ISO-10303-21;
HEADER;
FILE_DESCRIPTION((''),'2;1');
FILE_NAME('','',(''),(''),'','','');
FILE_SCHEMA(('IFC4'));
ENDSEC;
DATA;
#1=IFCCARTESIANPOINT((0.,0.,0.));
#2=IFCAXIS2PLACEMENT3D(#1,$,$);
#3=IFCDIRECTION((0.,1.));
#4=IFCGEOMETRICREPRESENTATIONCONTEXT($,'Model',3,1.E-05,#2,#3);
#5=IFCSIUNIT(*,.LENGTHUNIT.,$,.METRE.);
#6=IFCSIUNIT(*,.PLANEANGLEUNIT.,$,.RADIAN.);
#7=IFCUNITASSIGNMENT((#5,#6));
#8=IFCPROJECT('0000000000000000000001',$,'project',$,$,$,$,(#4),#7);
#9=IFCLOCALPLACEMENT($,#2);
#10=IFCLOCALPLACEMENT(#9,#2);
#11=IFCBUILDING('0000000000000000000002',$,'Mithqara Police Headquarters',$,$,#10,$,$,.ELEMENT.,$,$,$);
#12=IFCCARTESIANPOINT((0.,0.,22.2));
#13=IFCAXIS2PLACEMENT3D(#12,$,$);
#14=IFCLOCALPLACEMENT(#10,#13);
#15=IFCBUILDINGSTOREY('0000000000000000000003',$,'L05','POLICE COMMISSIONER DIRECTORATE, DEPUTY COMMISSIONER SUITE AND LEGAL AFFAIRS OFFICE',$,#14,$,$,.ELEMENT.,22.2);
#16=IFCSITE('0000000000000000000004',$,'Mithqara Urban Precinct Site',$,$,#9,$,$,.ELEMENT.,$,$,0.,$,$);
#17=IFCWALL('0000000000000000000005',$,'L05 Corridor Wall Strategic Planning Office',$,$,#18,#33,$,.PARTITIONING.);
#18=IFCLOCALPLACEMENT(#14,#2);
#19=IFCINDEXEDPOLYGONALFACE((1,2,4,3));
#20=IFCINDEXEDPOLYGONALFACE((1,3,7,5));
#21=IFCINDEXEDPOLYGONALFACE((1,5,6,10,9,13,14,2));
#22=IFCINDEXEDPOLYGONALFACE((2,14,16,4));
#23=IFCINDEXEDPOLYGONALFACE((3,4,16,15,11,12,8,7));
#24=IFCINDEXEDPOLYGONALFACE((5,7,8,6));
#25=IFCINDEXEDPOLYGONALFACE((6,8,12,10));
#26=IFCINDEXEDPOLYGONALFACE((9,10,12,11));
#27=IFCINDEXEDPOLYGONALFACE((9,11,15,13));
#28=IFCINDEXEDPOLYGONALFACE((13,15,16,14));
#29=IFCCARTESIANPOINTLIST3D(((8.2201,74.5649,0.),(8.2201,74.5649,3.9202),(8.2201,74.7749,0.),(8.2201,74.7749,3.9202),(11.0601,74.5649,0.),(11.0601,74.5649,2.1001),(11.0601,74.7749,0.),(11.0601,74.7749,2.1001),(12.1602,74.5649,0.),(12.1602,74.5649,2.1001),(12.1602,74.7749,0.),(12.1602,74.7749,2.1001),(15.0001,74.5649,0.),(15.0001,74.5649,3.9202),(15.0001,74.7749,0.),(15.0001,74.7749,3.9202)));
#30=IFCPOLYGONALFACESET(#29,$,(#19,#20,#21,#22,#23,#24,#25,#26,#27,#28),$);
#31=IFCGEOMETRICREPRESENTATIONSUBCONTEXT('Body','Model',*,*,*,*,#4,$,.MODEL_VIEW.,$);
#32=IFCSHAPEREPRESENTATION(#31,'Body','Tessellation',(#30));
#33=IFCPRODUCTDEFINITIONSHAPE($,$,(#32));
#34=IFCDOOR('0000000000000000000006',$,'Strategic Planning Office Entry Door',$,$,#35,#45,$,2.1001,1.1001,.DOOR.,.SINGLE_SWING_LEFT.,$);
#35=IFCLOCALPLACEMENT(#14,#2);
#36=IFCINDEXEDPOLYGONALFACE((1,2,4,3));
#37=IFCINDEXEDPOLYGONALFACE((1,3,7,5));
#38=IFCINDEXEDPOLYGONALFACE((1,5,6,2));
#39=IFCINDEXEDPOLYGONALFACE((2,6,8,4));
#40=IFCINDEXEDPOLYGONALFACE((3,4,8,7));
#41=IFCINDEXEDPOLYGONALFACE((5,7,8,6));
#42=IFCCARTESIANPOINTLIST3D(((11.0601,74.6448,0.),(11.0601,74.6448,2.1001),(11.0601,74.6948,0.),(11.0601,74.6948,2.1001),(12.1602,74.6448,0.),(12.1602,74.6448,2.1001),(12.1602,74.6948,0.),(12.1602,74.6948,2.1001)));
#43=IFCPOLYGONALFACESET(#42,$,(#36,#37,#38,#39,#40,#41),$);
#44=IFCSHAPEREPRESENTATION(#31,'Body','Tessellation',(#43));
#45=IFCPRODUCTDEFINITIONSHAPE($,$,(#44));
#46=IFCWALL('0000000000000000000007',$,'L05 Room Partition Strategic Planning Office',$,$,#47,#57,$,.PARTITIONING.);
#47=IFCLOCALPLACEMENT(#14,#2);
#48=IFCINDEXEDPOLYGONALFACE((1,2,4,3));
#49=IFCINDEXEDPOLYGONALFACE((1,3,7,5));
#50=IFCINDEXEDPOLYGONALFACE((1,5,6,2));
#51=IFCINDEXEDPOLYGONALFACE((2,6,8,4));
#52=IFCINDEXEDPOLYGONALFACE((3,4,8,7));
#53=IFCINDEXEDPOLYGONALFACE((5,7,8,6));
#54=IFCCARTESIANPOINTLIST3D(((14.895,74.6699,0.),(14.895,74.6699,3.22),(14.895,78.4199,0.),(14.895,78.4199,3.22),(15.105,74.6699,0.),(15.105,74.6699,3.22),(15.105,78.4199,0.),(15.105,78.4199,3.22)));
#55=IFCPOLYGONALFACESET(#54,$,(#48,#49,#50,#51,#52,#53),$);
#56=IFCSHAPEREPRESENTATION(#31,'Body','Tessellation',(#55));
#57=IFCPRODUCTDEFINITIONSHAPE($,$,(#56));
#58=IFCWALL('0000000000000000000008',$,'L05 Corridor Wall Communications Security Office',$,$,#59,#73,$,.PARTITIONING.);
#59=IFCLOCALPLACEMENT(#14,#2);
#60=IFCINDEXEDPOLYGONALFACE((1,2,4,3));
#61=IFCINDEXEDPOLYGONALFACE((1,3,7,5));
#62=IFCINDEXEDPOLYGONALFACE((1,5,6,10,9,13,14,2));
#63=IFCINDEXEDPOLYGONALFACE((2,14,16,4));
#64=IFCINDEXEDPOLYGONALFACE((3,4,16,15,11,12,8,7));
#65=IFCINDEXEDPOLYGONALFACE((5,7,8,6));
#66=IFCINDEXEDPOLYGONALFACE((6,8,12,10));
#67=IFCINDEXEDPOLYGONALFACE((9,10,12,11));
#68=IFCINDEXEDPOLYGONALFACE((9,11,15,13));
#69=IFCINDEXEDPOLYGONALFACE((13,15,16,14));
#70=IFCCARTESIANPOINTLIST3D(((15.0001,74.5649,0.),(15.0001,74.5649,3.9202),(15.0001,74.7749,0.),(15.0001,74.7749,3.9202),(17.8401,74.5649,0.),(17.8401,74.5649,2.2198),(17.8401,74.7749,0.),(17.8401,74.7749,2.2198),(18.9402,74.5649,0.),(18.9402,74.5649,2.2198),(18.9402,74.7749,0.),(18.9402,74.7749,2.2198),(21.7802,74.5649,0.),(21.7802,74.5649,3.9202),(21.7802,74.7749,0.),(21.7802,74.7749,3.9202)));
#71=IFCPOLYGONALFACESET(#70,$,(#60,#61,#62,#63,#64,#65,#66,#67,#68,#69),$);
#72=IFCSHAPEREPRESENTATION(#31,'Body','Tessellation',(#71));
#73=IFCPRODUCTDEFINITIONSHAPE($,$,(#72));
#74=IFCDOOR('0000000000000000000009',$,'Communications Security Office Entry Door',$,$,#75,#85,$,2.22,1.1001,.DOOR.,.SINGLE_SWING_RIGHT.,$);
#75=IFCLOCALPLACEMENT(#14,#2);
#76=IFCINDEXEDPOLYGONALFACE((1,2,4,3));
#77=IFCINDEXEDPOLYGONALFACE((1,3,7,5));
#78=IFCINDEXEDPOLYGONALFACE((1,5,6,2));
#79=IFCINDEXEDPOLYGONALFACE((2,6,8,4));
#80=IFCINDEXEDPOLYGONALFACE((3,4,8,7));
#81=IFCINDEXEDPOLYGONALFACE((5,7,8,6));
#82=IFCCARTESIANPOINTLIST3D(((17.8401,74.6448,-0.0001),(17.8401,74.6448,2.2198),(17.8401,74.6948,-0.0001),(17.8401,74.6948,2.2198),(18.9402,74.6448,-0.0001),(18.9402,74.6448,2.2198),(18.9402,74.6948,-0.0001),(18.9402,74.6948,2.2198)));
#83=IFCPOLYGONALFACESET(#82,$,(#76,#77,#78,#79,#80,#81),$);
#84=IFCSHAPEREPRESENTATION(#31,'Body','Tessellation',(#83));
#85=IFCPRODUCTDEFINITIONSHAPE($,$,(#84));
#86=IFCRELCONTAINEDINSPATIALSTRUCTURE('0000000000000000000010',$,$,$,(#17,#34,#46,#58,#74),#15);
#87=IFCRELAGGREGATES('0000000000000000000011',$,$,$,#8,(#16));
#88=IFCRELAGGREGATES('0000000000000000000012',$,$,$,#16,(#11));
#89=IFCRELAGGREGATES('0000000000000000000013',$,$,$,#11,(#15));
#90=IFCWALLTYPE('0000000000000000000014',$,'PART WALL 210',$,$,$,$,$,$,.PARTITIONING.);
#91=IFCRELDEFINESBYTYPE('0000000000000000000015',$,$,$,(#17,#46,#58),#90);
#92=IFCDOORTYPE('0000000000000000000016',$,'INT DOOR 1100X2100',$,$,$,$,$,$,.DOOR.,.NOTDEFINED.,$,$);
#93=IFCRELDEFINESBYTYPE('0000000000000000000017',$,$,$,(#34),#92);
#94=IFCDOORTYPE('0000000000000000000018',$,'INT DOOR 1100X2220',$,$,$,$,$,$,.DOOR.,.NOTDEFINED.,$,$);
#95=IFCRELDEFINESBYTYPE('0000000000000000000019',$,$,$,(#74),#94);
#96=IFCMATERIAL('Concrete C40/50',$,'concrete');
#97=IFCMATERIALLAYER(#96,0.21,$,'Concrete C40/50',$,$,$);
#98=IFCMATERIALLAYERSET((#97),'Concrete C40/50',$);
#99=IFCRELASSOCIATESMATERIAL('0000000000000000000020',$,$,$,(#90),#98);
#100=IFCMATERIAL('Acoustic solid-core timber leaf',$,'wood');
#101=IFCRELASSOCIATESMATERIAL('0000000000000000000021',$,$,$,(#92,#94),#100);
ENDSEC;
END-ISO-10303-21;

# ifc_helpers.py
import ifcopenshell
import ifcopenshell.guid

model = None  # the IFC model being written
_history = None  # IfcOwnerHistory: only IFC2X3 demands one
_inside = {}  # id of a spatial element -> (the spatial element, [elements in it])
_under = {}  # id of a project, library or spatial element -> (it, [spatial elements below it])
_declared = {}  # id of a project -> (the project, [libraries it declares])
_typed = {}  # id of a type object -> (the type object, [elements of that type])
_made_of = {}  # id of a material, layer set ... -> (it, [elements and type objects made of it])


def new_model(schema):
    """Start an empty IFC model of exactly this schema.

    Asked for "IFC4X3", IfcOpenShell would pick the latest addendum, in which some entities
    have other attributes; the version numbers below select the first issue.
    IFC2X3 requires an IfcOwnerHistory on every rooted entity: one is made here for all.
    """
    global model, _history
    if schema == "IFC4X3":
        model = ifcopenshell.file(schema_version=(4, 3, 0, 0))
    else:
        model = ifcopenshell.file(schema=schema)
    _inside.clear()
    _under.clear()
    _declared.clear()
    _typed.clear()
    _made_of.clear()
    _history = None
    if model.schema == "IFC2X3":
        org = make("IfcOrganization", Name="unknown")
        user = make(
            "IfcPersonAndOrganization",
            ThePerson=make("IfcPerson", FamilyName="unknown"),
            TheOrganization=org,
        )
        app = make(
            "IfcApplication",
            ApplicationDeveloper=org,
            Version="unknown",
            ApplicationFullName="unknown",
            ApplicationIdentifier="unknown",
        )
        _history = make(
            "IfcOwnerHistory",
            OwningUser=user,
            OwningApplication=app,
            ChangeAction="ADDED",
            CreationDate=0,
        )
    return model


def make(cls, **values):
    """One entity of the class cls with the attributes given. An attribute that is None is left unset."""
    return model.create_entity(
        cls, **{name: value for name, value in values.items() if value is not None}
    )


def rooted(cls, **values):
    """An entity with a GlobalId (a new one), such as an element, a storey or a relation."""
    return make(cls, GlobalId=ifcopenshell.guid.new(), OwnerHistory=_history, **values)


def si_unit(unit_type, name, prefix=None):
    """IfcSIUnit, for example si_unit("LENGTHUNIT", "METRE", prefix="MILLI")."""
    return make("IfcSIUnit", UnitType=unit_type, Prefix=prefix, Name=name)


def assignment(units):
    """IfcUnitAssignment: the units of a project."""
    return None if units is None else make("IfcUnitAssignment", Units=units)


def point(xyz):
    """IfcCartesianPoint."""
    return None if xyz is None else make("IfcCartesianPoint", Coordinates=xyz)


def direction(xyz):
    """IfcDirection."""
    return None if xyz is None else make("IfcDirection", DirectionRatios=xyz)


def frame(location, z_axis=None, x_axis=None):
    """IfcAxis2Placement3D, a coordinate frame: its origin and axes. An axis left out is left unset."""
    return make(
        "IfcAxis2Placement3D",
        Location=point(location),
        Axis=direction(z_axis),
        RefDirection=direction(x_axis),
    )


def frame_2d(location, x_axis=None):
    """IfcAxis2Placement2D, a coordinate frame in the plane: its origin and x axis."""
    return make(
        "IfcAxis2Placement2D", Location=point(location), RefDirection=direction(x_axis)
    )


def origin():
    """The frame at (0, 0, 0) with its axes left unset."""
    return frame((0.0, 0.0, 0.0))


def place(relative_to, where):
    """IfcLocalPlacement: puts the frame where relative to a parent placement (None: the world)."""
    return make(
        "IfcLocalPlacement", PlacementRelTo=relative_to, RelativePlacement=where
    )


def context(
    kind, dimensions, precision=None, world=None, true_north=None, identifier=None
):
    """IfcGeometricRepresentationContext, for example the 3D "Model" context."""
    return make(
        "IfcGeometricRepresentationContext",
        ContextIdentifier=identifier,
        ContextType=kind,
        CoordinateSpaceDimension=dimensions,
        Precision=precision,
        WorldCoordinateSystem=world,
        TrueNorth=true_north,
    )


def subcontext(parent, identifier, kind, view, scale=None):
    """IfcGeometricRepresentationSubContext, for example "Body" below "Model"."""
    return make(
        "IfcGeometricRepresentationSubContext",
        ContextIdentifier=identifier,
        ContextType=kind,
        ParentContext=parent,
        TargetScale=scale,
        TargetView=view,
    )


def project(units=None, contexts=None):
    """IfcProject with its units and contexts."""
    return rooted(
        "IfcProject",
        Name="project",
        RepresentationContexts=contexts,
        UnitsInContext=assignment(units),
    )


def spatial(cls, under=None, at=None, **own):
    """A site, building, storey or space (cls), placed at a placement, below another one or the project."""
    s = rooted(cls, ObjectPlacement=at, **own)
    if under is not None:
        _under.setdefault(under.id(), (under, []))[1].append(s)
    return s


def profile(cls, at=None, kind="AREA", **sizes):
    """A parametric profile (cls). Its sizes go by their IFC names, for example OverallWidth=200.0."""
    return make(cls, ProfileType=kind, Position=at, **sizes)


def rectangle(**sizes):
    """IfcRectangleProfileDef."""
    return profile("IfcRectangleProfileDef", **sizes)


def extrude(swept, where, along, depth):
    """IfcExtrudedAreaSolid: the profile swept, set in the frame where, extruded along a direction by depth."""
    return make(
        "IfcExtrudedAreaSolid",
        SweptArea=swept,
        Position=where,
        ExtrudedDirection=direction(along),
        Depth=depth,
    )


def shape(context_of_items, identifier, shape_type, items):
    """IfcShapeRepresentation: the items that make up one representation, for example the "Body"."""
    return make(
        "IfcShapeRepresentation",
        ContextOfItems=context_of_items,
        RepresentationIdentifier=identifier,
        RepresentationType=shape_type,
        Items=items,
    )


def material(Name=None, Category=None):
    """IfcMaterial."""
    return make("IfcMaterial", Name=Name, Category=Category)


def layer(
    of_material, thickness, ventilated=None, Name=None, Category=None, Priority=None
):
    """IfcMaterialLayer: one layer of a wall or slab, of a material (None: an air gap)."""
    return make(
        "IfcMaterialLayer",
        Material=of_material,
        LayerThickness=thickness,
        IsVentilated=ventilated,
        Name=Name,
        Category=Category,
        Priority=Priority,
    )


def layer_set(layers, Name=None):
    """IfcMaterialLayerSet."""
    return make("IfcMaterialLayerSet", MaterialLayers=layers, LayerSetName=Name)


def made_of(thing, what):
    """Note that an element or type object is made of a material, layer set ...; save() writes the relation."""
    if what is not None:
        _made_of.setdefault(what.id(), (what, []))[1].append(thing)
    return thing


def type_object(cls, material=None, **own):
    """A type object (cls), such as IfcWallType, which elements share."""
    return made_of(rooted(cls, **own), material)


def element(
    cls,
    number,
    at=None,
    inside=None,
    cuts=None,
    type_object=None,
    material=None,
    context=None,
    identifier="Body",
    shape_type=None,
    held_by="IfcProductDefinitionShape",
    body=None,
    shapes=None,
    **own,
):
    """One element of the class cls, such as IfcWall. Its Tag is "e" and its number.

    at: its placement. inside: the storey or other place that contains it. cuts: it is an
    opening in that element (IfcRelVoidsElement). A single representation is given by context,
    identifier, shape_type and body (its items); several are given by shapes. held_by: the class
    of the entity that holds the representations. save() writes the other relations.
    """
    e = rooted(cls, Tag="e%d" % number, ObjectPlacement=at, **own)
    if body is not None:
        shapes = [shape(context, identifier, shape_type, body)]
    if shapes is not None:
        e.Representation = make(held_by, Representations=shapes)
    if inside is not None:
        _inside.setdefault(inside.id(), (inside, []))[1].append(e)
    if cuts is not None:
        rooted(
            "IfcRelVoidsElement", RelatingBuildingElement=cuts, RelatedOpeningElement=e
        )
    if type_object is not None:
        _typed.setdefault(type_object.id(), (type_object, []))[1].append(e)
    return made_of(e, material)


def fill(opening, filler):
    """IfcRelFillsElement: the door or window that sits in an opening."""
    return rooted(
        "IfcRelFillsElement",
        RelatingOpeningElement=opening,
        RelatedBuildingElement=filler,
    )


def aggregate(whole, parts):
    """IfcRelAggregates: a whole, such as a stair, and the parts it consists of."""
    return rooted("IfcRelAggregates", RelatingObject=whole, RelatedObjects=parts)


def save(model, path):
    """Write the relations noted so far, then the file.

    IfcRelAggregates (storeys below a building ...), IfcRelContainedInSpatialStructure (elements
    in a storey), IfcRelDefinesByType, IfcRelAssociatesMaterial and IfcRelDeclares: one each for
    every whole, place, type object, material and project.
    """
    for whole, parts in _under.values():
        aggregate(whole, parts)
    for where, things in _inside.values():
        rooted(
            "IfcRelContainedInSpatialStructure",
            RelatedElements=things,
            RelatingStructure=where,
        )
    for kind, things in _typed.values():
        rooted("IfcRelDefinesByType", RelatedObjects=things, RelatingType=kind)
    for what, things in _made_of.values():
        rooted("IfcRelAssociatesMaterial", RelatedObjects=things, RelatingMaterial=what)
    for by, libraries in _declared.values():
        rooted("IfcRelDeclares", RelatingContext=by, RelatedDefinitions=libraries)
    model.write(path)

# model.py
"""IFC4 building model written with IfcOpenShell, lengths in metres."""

from ifc_helpers import new_model, si_unit, direction, frame, frame_2d, origin, place, context, subcontext, project, spatial, rectangle, extrude, material, layer, layer_set, type_object, element, fill, save


model = new_model("IFC4")

# Units and contexts
model_context = context("Model", 3, precision=1e-05, world=origin(), true_north=direction((0.0, 1.0)))
body_context = subcontext(model_context, "Body", "Model", "MODEL_VIEW")
ifc_project = project(units=[si_unit("LENGTHUNIT", "METRE"), si_unit("PLANEANGLEUNIT", "RADIAN")], contexts=[model_context])

# Site, building, storey
site_placement = place(None, origin())
site = spatial("IfcSite", under=ifc_project, at=site_placement, Name="Mithqara Urban Precinct Site", CompositionType="ELEMENT", RefElevation=0.0)
building_placement = place(site_placement, origin())
building = spatial("IfcBuilding", under=site, at=building_placement, Name="Mithqara Police Headquarters", CompositionType="ELEMENT")
storey_placement = place(building_placement, frame((0.0, 0.0, 22.2)))
storey = spatial("IfcBuildingStorey", under=building, at=storey_placement, Name="L05", Description="POLICE COMMISSIONER DIRECTORATE, DEPUTY COMMISSIONER SUITE AND LEGAL AFFAIRS OFFICE", CompositionType="ELEMENT", Elevation=22.2)

# Shared definitions
ifc_material_1 = material(Name="Concrete C40/50", Category="concrete")

# Wall, opening, door
ifc_layer_1 = layer(ifc_material_1, 0.21, Name="Concrete C40/50")
ifc_layer_set_1 = layer_set([ifc_layer_1], Name="Concrete C40/50")
wall_type_1 = type_object("IfcWallType", Name="PART WALL 210", PredefinedType="PARTITIONING", material=ifc_layer_set_1)
wall_1_placement = place(storey_placement, frame((8.22, 74.6699, 0.0), z_axis=(0.0, 0.0, 1.0), x_axis=(1.0, 0.0, 0.0)))
wall_1 = element("IfcWall", 1, at=wall_1_placement, inside=storey, type_object=wall_type_1, Name="L05 Corridor Wall Strategic Planning Office", PredefinedType="PARTITIONING", context=body_context, shape_type="SweptSolid", body=[
    extrude(rectangle(XDim=6.78, YDim=0.21, at=frame_2d((3.3901, 0.0))), origin(), (0.0, 0.0, 1.0), 3.9202),
])
opening_1_placement = place(wall_1_placement, frame((2.8401, 0.0, 0.0)))
opening_1 = element("IfcOpeningElement", 2, at=opening_1_placement, cuts=wall_1, PredefinedType="OPENING", context=body_context, shape_type="SweptSolid", body=[
    extrude(rectangle(XDim=1.1001, YDim=2.1001, at=frame_2d((0.55, 1.05))), frame((0.0, 0.115, 0.0), z_axis=(0.0, -1.0, 0.0), x_axis=(1.0, 0.0, 0.0)), (0.0, 0.0, 1.0), 0.23),
])
ifc_material_2 = material(Name="Acoustic solid-core timber leaf", Category="wood")
door_type_1 = type_object("IfcDoorType", Name="INT DOOR 1100X2100", OperationType="NOTDEFINED", PredefinedType="DOOR", material=ifc_material_2)
door_1_placement = place(opening_1_placement, origin())
door_1 = element("IfcDoor", 3, at=door_1_placement, inside=storey, type_object=door_type_1, Name="Strategic Planning Office Entry Door", OperationType="SINGLE_SWING_LEFT", OverallHeight=2.1001, OverallWidth=1.1001, PredefinedType="DOOR", context=body_context, shape_type="SweptSolid", body=[
    extrude(rectangle(XDim=1.1001, YDim=2.1001, at=frame_2d((0.55, 1.05))), frame((0.0, 0.0249, 0.0), z_axis=(0.0, -1.0, 0.0), x_axis=(1.0, 0.0, 0.0)), (0.0, 0.0, 1.0), 0.05),
])
fill(opening_1, door_1)

# Wall
wall_2_placement = place(storey_placement, frame((15.0, 74.6699, 0.0), z_axis=(0.0, 0.0, 1.0), x_axis=(0.0, 1.0, 0.0)))
element("IfcWall", 4, at=wall_2_placement, inside=storey, type_object=wall_type_1, Name="L05 Room Partition Strategic Planning Office", PredefinedType="PARTITIONING", context=body_context, shape_type="SweptSolid", body=[
    extrude(rectangle(XDim=3.75, YDim=0.21, at=frame_2d((1.875, 0.0))), origin(), (0.0, 0.0, 1.0), 3.22),
])

# Wall, opening, door
wall_3_placement = place(storey_placement, frame((15.0, 74.6699, 0.0), z_axis=(0.0, 0.0, 1.0), x_axis=(1.0, 0.0, 0.0)))
wall_3 = element("IfcWall", 5, at=wall_3_placement, inside=storey, type_object=wall_type_1, Name="L05 Corridor Wall Communications Security Office", PredefinedType="PARTITIONING", context=body_context, shape_type="SweptSolid", body=[
    extrude(rectangle(XDim=6.78, YDim=0.21, at=frame_2d((3.3901, 0.0))), origin(), (0.0, 0.0, 1.0), 3.9202),
])
opening_2_placement = place(wall_3_placement, frame((2.8401, 0.0, 0.0)))
opening_2 = element("IfcOpeningElement", 6, at=opening_2_placement, cuts=wall_3, PredefinedType="OPENING", context=body_context, shape_type="SweptSolid", body=[
    extrude(rectangle(XDim=1.1001, YDim=2.22, at=frame_2d((0.55, 1.1099))), frame((0.0, 0.115, 0.0), z_axis=(0.0, -1.0, 0.0), x_axis=(1.0, 0.0, 0.0)), (0.0, 0.0, 1.0), 0.23),
])
door_type_2 = type_object("IfcDoorType", Name="INT DOOR 1100X2220", OperationType="NOTDEFINED", PredefinedType="DOOR", material=ifc_material_2)
door_2_placement = place(opening_2_placement, origin())
door_2 = element("IfcDoor", 7, at=door_2_placement, inside=storey, type_object=door_type_2, Name="Communications Security Office Entry Door", OperationType="SINGLE_SWING_RIGHT", OverallHeight=2.22, OverallWidth=1.1001, PredefinedType="DOOR", context=body_context, shape_type="SweptSolid", body=[
    extrude(rectangle(XDim=1.1001, YDim=2.22, at=frame_2d((0.55, 1.1099))), frame((0.0, 0.0249, 0.0), z_axis=(0.0, -1.0, 0.0), x_axis=(1.0, 0.0, 0.0)), (0.0, 0.0, 1.0), 0.05),
])
fill(opening_2, door_2)

save(model, "model.ifc")
